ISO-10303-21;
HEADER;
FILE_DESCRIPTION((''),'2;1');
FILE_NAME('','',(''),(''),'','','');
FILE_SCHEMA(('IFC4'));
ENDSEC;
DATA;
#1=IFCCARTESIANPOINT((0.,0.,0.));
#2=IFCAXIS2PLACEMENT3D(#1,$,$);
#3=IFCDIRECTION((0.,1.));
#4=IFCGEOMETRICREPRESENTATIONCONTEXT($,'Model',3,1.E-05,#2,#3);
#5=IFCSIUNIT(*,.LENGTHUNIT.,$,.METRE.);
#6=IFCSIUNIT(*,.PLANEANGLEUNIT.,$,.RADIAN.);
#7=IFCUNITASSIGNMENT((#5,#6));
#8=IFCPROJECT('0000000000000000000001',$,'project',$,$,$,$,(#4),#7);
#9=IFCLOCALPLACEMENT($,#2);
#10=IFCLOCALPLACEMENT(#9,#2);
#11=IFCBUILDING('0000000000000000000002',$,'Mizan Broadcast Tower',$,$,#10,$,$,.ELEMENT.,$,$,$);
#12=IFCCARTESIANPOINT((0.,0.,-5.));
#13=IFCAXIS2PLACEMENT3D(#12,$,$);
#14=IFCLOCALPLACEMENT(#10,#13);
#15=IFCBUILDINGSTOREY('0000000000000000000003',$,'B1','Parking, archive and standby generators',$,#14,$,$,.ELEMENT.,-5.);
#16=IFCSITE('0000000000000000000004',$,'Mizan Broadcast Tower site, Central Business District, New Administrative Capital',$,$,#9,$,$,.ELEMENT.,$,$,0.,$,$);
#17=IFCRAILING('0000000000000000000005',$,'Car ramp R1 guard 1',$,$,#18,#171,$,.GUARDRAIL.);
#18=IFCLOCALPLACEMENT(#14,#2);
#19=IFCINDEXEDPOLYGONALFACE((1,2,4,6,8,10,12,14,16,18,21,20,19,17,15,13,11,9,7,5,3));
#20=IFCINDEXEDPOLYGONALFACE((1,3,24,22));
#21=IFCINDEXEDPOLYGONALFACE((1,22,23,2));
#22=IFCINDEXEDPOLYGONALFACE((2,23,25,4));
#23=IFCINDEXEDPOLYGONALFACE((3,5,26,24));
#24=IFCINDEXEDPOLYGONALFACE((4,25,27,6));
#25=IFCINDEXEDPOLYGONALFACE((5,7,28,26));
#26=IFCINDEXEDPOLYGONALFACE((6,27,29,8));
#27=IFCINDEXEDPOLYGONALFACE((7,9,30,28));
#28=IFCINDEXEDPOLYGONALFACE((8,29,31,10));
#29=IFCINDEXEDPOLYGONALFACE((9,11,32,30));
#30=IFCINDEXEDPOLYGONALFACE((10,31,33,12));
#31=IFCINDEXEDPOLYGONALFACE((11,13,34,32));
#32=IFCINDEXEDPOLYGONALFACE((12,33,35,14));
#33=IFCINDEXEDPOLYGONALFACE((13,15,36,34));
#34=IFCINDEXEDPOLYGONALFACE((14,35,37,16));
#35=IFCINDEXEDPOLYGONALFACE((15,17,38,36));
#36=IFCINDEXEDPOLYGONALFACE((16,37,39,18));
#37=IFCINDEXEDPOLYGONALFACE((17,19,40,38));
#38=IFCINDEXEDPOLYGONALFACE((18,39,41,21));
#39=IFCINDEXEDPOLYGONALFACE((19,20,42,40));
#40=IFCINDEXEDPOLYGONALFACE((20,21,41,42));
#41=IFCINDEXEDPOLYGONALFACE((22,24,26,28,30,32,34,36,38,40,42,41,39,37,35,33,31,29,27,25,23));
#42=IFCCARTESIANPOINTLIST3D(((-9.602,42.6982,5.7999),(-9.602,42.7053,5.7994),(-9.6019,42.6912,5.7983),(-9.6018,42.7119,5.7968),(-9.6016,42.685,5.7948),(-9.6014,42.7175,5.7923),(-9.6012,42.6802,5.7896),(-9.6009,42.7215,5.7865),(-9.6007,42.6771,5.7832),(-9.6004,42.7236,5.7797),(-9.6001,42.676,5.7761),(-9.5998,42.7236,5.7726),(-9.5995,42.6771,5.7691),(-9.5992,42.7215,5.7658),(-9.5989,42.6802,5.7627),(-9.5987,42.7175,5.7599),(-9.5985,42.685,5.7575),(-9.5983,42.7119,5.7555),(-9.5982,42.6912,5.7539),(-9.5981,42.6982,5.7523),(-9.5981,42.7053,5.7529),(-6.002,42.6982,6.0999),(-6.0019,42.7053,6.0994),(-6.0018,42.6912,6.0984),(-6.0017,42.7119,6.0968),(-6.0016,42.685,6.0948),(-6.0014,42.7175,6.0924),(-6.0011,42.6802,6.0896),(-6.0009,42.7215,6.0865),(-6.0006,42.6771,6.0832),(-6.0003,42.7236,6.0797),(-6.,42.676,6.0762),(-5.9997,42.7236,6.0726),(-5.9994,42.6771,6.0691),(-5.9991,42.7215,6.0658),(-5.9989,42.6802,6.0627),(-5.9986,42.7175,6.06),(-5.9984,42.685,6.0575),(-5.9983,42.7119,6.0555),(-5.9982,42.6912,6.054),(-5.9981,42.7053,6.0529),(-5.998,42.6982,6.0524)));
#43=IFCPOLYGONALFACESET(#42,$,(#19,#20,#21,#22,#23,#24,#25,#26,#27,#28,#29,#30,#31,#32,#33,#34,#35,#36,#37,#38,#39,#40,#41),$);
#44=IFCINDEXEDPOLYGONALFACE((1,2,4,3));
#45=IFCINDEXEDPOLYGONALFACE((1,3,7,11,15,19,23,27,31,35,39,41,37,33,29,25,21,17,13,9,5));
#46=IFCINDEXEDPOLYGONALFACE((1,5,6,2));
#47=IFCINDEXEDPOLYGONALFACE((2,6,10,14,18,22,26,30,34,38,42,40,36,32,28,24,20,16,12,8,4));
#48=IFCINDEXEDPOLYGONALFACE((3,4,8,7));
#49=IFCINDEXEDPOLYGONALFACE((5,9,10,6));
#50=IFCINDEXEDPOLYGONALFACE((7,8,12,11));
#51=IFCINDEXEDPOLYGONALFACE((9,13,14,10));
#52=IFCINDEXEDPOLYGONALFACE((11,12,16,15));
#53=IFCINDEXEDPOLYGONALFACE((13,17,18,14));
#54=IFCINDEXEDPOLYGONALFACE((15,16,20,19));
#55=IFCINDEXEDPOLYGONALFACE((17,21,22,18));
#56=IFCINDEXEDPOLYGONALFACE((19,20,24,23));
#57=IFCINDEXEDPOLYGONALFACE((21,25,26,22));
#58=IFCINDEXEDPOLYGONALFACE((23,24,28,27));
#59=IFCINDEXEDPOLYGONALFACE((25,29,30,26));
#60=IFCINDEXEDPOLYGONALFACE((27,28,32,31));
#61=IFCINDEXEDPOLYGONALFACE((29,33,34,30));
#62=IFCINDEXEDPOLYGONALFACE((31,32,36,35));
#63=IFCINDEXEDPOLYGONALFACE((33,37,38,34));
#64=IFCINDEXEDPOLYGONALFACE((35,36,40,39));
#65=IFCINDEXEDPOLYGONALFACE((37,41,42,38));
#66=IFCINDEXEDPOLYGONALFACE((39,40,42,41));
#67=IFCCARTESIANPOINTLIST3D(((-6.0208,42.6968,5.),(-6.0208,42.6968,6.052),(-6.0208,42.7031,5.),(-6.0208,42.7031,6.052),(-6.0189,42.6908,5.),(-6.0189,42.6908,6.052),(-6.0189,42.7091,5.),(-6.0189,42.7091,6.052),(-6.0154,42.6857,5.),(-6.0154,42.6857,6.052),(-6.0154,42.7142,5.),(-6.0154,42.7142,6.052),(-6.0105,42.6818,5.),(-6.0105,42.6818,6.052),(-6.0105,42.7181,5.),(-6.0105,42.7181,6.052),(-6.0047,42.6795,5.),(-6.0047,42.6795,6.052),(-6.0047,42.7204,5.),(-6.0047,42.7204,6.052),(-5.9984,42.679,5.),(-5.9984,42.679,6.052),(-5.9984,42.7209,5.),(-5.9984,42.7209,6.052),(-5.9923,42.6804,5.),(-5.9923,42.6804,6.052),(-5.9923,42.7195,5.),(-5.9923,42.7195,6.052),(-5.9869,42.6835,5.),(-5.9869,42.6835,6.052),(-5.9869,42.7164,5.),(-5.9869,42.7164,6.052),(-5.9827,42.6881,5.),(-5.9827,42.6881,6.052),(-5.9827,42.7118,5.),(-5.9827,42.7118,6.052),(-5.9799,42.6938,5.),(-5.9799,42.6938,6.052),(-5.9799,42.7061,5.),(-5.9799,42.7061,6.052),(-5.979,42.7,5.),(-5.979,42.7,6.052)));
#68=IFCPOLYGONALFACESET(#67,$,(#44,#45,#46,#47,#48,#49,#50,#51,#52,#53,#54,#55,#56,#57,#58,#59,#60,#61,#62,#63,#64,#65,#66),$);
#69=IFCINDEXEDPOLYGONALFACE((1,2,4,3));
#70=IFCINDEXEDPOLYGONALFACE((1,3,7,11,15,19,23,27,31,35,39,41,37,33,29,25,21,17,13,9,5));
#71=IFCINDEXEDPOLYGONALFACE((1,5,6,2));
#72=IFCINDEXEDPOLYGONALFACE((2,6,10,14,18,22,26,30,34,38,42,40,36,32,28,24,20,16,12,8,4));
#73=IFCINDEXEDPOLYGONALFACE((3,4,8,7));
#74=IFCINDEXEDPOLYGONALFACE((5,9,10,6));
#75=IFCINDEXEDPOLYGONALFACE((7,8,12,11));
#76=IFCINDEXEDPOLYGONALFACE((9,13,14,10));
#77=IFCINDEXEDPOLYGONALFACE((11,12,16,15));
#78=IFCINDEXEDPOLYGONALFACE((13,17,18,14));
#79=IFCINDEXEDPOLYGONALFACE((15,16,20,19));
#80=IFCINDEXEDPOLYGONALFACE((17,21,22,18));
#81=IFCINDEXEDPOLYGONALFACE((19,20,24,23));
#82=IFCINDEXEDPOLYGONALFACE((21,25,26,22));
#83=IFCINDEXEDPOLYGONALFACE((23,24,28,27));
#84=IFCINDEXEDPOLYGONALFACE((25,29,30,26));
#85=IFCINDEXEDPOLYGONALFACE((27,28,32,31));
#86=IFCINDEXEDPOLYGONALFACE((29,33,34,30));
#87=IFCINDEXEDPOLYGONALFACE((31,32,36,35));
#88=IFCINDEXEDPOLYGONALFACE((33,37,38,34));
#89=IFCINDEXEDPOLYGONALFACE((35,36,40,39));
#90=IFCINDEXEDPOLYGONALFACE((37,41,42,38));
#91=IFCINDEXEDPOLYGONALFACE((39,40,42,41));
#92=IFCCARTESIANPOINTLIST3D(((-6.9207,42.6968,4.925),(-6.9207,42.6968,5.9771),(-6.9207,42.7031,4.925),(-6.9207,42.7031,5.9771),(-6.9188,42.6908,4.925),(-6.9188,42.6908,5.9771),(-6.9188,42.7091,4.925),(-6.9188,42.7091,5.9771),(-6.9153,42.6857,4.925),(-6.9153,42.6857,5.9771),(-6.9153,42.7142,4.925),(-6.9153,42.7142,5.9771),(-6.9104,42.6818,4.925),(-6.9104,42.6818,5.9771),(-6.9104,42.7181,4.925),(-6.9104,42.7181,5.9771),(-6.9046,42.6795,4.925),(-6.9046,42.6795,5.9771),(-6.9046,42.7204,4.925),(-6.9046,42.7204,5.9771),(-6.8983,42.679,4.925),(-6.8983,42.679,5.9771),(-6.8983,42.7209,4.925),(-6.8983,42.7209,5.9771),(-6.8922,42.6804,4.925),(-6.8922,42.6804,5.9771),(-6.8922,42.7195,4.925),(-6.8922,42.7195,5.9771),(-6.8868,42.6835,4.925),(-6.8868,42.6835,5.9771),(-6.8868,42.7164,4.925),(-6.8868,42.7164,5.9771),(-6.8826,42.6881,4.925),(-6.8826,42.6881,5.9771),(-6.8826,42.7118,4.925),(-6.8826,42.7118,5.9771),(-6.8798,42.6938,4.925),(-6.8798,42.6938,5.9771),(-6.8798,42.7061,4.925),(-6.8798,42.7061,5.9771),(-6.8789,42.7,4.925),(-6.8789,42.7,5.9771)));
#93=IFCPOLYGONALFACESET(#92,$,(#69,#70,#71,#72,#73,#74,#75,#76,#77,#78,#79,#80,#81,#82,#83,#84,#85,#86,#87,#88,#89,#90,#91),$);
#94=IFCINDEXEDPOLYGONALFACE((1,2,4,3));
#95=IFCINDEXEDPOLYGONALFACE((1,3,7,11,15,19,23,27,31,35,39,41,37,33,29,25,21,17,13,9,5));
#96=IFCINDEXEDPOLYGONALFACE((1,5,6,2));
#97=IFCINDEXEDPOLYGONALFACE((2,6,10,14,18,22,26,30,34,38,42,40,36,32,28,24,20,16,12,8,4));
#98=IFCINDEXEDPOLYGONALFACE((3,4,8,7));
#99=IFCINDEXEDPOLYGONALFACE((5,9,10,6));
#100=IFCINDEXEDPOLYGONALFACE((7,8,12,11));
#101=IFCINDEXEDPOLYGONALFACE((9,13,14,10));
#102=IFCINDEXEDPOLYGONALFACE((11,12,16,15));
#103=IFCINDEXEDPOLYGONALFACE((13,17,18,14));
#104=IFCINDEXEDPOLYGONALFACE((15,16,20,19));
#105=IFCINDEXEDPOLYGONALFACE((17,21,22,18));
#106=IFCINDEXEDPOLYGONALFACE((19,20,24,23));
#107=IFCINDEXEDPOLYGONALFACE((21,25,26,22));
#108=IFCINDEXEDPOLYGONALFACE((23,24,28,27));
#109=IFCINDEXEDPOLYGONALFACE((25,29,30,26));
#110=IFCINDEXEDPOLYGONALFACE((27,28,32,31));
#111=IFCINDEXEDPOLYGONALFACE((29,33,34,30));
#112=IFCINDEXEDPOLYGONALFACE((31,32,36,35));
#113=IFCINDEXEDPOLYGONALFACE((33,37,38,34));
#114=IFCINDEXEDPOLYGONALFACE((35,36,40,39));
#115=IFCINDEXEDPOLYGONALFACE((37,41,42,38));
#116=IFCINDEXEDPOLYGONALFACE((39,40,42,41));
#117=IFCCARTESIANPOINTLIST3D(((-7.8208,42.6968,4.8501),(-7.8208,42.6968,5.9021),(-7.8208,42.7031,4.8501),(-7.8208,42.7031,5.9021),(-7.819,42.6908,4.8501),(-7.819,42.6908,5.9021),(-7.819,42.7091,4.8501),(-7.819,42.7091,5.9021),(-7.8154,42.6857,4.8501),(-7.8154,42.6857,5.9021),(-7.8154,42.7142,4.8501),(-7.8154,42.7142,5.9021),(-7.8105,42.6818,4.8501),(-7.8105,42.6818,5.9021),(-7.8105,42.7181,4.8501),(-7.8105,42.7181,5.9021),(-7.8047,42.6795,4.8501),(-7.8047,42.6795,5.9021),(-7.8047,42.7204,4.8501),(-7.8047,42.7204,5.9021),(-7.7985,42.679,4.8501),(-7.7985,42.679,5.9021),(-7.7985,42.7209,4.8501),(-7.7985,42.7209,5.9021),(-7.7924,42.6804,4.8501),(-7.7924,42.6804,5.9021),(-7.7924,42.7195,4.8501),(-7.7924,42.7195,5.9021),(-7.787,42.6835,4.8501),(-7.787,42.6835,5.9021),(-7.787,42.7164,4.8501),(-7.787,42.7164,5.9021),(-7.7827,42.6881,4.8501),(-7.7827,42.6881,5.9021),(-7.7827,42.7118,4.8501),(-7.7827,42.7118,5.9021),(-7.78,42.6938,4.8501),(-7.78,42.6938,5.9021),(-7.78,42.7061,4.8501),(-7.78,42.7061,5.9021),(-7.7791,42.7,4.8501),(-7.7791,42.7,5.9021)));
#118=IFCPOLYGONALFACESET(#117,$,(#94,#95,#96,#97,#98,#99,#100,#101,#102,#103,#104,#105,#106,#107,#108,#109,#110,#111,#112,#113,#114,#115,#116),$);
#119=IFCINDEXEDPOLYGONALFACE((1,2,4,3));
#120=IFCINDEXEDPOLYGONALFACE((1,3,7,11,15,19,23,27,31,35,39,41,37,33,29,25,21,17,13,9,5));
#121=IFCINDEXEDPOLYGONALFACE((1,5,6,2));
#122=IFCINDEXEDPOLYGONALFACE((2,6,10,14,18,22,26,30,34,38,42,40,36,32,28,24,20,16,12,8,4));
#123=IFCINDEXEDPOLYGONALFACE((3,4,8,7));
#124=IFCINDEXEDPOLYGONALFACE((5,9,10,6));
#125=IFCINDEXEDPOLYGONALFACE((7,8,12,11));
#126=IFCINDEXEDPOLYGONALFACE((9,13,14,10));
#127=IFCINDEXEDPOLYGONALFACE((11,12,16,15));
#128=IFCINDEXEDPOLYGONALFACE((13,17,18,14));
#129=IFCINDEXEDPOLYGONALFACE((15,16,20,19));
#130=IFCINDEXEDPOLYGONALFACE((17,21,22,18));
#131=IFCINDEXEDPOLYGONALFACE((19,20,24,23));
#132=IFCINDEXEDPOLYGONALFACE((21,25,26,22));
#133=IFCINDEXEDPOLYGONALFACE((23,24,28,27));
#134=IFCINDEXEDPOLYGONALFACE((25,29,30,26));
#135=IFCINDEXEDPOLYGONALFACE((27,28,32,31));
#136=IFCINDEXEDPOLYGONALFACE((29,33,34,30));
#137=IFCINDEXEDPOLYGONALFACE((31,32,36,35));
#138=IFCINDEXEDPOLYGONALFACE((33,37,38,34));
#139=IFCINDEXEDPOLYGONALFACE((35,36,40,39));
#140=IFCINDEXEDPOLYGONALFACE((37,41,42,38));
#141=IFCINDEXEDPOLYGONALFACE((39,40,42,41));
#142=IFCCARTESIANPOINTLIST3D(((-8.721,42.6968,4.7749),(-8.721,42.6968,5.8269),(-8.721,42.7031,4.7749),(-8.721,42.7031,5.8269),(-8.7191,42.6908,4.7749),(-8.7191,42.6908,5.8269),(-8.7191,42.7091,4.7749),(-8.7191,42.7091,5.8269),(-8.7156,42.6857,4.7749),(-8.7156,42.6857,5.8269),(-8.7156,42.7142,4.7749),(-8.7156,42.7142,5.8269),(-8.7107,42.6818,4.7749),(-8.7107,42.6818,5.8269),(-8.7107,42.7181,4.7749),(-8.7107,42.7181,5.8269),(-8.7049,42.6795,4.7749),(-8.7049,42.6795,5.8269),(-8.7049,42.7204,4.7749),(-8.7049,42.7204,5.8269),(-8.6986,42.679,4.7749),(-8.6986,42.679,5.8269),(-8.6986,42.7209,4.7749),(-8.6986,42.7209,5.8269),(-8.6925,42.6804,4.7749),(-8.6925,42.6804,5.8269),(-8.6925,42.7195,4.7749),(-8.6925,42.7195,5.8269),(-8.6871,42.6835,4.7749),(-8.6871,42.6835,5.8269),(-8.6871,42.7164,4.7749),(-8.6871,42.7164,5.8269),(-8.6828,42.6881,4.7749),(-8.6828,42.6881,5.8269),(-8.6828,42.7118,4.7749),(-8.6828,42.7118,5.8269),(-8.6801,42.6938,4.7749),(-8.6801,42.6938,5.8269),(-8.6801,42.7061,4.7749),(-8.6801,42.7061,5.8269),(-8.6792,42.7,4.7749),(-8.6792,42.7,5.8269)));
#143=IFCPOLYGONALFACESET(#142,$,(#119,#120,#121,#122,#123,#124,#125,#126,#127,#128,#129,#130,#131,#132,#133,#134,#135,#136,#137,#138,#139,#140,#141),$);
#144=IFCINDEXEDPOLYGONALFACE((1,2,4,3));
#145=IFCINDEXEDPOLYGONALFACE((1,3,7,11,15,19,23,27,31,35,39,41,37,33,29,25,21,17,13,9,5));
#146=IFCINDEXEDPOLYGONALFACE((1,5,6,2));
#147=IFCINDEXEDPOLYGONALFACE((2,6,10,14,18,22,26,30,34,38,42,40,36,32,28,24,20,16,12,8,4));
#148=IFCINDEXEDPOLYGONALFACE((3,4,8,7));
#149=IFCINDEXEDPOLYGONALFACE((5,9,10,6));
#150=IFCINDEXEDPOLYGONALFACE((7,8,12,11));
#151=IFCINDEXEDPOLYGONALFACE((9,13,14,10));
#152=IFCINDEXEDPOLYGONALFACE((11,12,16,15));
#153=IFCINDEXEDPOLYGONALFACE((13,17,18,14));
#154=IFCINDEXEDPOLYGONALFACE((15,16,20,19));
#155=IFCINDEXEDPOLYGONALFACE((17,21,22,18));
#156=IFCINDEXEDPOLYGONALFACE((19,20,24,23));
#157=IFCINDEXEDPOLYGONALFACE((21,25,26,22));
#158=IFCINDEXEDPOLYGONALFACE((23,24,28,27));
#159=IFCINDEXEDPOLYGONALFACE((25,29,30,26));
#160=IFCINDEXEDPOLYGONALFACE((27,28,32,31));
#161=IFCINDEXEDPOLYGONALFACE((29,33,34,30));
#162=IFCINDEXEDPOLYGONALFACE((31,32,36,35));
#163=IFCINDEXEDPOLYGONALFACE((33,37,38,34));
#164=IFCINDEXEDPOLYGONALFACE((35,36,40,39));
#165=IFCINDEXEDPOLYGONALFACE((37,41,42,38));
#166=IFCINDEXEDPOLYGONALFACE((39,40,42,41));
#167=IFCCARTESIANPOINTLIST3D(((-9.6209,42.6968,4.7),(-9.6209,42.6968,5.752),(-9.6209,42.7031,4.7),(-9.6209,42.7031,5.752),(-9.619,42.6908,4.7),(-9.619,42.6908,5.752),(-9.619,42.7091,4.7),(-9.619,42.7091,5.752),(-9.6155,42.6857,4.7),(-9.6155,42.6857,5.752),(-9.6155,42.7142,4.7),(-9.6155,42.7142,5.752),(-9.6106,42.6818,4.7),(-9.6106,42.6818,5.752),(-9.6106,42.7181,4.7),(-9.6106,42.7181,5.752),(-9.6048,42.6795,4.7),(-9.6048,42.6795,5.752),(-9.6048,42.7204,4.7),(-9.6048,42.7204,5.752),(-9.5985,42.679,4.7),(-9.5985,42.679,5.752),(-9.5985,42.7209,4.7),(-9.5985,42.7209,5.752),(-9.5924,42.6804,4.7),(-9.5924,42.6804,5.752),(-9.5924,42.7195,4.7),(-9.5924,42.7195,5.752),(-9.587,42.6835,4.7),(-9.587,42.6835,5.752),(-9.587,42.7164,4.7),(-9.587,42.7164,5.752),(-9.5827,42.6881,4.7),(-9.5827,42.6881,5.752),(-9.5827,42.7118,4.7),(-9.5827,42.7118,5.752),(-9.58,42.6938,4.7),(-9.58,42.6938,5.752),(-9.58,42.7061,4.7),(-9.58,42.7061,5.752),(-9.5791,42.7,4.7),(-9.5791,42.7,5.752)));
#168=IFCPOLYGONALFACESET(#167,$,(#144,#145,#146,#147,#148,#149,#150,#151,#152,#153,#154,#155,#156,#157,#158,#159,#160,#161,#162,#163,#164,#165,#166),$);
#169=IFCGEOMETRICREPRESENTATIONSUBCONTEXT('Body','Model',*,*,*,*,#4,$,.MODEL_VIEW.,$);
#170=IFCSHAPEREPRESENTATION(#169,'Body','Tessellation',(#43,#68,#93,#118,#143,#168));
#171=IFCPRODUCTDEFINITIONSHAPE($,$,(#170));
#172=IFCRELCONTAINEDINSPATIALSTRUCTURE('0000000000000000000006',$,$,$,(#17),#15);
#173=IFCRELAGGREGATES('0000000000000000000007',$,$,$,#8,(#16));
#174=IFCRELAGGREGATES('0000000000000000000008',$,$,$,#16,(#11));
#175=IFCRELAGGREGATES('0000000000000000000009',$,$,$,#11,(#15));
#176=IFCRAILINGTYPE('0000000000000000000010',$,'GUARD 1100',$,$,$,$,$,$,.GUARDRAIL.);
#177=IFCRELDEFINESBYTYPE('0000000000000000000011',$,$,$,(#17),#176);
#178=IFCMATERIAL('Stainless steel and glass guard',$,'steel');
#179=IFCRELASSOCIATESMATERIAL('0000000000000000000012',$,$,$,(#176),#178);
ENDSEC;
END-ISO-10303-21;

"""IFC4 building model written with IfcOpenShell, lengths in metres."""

from ifc_helpers import new_model, si_unit, direction, frame, origin, origin_2d, place, context, subcontext, project, spatial, circle, extrude, material, type_object, element, save


model = new_model("IFC4")

# Units and contexts
model_context = context("Model", 3, precision=1e-05, world=origin(), true_north=direction((0.0, 1.0)))
body_context = subcontext(model_context, "Body", "Model", "MODEL_VIEW")
ifc_project = project(units=[si_unit("LENGTHUNIT", "METRE"), si_unit("PLANEANGLEUNIT", "RADIAN")], contexts=[model_context])

# Site, building, storey
site_placement = place(None, origin())
site = spatial("IfcSite", under=ifc_project, at=site_placement, Name="Mizan Broadcast Tower site, Central Business District, New Administrative Capital", CompositionType="ELEMENT", RefElevation=0.0)
building_placement = place(site_placement, origin())
building = spatial("IfcBuilding", under=site, at=building_placement, Name="Mizan Broadcast Tower", CompositionType="ELEMENT")
storey_placement = place(building_placement, frame((0.0, 0.0, -5.0)))
storey = spatial("IfcBuildingStorey", under=building, at=storey_placement, Name="B1", Description="Parking, archive and standby generators", CompositionType="ELEMENT", Elevation=-5.0)

# Railing
ifc_material_1 = material(Name="Stainless steel and glass guard", Category="steel")
railing_type = type_object("IfcRailingType", Name="GUARD 1100", PredefinedType="GUARDRAIL", material=ifc_material_1)
railing_1_placement = place(storey_placement, frame((-6.0, 42.7, 5.0)))
element("IfcRailing", 1, at=railing_1_placement, inside=storey, type_object=railing_type, Name="Car ramp R1 guard 1", PredefinedType="GUARDRAIL", context=body_context, shape_type="SweptSolid", body=[
    extrude(circle(Radius=0.0239, at=origin_2d()), frame((0.0, 0.0, 1.0762), z_axis=(-0.996545, 0.0, -0.083057), x_axis=(0.0, -1.0, 0.0)), (0.0, 0.0, 1.0), 3.6125),
    extrude(circle(Radius=0.021, at=origin_2d()), origin(), (0.0, 0.0, 1.0), 1.052),
    extrude(circle(Radius=0.021, at=origin_2d()), frame((-0.8999, 0.0, -0.075)), (0.0, 0.0, 1.0), 1.052),
    extrude(circle(Radius=0.021, at=origin_2d()), frame((-1.8, 0.0, -0.1499)), (0.0, 0.0, 1.0), 1.052),
    extrude(circle(Radius=0.021, at=origin_2d()), frame((-2.7002, 0.0, -0.2251)), (0.0, 0.0, 1.0), 1.052),
    extrude(circle(Radius=0.021, at=origin_2d()), frame((-3.6001, 0.0, -0.3)), (0.0, 0.0, 1.0), 1.052),
])

save(model, "model.ifc")
